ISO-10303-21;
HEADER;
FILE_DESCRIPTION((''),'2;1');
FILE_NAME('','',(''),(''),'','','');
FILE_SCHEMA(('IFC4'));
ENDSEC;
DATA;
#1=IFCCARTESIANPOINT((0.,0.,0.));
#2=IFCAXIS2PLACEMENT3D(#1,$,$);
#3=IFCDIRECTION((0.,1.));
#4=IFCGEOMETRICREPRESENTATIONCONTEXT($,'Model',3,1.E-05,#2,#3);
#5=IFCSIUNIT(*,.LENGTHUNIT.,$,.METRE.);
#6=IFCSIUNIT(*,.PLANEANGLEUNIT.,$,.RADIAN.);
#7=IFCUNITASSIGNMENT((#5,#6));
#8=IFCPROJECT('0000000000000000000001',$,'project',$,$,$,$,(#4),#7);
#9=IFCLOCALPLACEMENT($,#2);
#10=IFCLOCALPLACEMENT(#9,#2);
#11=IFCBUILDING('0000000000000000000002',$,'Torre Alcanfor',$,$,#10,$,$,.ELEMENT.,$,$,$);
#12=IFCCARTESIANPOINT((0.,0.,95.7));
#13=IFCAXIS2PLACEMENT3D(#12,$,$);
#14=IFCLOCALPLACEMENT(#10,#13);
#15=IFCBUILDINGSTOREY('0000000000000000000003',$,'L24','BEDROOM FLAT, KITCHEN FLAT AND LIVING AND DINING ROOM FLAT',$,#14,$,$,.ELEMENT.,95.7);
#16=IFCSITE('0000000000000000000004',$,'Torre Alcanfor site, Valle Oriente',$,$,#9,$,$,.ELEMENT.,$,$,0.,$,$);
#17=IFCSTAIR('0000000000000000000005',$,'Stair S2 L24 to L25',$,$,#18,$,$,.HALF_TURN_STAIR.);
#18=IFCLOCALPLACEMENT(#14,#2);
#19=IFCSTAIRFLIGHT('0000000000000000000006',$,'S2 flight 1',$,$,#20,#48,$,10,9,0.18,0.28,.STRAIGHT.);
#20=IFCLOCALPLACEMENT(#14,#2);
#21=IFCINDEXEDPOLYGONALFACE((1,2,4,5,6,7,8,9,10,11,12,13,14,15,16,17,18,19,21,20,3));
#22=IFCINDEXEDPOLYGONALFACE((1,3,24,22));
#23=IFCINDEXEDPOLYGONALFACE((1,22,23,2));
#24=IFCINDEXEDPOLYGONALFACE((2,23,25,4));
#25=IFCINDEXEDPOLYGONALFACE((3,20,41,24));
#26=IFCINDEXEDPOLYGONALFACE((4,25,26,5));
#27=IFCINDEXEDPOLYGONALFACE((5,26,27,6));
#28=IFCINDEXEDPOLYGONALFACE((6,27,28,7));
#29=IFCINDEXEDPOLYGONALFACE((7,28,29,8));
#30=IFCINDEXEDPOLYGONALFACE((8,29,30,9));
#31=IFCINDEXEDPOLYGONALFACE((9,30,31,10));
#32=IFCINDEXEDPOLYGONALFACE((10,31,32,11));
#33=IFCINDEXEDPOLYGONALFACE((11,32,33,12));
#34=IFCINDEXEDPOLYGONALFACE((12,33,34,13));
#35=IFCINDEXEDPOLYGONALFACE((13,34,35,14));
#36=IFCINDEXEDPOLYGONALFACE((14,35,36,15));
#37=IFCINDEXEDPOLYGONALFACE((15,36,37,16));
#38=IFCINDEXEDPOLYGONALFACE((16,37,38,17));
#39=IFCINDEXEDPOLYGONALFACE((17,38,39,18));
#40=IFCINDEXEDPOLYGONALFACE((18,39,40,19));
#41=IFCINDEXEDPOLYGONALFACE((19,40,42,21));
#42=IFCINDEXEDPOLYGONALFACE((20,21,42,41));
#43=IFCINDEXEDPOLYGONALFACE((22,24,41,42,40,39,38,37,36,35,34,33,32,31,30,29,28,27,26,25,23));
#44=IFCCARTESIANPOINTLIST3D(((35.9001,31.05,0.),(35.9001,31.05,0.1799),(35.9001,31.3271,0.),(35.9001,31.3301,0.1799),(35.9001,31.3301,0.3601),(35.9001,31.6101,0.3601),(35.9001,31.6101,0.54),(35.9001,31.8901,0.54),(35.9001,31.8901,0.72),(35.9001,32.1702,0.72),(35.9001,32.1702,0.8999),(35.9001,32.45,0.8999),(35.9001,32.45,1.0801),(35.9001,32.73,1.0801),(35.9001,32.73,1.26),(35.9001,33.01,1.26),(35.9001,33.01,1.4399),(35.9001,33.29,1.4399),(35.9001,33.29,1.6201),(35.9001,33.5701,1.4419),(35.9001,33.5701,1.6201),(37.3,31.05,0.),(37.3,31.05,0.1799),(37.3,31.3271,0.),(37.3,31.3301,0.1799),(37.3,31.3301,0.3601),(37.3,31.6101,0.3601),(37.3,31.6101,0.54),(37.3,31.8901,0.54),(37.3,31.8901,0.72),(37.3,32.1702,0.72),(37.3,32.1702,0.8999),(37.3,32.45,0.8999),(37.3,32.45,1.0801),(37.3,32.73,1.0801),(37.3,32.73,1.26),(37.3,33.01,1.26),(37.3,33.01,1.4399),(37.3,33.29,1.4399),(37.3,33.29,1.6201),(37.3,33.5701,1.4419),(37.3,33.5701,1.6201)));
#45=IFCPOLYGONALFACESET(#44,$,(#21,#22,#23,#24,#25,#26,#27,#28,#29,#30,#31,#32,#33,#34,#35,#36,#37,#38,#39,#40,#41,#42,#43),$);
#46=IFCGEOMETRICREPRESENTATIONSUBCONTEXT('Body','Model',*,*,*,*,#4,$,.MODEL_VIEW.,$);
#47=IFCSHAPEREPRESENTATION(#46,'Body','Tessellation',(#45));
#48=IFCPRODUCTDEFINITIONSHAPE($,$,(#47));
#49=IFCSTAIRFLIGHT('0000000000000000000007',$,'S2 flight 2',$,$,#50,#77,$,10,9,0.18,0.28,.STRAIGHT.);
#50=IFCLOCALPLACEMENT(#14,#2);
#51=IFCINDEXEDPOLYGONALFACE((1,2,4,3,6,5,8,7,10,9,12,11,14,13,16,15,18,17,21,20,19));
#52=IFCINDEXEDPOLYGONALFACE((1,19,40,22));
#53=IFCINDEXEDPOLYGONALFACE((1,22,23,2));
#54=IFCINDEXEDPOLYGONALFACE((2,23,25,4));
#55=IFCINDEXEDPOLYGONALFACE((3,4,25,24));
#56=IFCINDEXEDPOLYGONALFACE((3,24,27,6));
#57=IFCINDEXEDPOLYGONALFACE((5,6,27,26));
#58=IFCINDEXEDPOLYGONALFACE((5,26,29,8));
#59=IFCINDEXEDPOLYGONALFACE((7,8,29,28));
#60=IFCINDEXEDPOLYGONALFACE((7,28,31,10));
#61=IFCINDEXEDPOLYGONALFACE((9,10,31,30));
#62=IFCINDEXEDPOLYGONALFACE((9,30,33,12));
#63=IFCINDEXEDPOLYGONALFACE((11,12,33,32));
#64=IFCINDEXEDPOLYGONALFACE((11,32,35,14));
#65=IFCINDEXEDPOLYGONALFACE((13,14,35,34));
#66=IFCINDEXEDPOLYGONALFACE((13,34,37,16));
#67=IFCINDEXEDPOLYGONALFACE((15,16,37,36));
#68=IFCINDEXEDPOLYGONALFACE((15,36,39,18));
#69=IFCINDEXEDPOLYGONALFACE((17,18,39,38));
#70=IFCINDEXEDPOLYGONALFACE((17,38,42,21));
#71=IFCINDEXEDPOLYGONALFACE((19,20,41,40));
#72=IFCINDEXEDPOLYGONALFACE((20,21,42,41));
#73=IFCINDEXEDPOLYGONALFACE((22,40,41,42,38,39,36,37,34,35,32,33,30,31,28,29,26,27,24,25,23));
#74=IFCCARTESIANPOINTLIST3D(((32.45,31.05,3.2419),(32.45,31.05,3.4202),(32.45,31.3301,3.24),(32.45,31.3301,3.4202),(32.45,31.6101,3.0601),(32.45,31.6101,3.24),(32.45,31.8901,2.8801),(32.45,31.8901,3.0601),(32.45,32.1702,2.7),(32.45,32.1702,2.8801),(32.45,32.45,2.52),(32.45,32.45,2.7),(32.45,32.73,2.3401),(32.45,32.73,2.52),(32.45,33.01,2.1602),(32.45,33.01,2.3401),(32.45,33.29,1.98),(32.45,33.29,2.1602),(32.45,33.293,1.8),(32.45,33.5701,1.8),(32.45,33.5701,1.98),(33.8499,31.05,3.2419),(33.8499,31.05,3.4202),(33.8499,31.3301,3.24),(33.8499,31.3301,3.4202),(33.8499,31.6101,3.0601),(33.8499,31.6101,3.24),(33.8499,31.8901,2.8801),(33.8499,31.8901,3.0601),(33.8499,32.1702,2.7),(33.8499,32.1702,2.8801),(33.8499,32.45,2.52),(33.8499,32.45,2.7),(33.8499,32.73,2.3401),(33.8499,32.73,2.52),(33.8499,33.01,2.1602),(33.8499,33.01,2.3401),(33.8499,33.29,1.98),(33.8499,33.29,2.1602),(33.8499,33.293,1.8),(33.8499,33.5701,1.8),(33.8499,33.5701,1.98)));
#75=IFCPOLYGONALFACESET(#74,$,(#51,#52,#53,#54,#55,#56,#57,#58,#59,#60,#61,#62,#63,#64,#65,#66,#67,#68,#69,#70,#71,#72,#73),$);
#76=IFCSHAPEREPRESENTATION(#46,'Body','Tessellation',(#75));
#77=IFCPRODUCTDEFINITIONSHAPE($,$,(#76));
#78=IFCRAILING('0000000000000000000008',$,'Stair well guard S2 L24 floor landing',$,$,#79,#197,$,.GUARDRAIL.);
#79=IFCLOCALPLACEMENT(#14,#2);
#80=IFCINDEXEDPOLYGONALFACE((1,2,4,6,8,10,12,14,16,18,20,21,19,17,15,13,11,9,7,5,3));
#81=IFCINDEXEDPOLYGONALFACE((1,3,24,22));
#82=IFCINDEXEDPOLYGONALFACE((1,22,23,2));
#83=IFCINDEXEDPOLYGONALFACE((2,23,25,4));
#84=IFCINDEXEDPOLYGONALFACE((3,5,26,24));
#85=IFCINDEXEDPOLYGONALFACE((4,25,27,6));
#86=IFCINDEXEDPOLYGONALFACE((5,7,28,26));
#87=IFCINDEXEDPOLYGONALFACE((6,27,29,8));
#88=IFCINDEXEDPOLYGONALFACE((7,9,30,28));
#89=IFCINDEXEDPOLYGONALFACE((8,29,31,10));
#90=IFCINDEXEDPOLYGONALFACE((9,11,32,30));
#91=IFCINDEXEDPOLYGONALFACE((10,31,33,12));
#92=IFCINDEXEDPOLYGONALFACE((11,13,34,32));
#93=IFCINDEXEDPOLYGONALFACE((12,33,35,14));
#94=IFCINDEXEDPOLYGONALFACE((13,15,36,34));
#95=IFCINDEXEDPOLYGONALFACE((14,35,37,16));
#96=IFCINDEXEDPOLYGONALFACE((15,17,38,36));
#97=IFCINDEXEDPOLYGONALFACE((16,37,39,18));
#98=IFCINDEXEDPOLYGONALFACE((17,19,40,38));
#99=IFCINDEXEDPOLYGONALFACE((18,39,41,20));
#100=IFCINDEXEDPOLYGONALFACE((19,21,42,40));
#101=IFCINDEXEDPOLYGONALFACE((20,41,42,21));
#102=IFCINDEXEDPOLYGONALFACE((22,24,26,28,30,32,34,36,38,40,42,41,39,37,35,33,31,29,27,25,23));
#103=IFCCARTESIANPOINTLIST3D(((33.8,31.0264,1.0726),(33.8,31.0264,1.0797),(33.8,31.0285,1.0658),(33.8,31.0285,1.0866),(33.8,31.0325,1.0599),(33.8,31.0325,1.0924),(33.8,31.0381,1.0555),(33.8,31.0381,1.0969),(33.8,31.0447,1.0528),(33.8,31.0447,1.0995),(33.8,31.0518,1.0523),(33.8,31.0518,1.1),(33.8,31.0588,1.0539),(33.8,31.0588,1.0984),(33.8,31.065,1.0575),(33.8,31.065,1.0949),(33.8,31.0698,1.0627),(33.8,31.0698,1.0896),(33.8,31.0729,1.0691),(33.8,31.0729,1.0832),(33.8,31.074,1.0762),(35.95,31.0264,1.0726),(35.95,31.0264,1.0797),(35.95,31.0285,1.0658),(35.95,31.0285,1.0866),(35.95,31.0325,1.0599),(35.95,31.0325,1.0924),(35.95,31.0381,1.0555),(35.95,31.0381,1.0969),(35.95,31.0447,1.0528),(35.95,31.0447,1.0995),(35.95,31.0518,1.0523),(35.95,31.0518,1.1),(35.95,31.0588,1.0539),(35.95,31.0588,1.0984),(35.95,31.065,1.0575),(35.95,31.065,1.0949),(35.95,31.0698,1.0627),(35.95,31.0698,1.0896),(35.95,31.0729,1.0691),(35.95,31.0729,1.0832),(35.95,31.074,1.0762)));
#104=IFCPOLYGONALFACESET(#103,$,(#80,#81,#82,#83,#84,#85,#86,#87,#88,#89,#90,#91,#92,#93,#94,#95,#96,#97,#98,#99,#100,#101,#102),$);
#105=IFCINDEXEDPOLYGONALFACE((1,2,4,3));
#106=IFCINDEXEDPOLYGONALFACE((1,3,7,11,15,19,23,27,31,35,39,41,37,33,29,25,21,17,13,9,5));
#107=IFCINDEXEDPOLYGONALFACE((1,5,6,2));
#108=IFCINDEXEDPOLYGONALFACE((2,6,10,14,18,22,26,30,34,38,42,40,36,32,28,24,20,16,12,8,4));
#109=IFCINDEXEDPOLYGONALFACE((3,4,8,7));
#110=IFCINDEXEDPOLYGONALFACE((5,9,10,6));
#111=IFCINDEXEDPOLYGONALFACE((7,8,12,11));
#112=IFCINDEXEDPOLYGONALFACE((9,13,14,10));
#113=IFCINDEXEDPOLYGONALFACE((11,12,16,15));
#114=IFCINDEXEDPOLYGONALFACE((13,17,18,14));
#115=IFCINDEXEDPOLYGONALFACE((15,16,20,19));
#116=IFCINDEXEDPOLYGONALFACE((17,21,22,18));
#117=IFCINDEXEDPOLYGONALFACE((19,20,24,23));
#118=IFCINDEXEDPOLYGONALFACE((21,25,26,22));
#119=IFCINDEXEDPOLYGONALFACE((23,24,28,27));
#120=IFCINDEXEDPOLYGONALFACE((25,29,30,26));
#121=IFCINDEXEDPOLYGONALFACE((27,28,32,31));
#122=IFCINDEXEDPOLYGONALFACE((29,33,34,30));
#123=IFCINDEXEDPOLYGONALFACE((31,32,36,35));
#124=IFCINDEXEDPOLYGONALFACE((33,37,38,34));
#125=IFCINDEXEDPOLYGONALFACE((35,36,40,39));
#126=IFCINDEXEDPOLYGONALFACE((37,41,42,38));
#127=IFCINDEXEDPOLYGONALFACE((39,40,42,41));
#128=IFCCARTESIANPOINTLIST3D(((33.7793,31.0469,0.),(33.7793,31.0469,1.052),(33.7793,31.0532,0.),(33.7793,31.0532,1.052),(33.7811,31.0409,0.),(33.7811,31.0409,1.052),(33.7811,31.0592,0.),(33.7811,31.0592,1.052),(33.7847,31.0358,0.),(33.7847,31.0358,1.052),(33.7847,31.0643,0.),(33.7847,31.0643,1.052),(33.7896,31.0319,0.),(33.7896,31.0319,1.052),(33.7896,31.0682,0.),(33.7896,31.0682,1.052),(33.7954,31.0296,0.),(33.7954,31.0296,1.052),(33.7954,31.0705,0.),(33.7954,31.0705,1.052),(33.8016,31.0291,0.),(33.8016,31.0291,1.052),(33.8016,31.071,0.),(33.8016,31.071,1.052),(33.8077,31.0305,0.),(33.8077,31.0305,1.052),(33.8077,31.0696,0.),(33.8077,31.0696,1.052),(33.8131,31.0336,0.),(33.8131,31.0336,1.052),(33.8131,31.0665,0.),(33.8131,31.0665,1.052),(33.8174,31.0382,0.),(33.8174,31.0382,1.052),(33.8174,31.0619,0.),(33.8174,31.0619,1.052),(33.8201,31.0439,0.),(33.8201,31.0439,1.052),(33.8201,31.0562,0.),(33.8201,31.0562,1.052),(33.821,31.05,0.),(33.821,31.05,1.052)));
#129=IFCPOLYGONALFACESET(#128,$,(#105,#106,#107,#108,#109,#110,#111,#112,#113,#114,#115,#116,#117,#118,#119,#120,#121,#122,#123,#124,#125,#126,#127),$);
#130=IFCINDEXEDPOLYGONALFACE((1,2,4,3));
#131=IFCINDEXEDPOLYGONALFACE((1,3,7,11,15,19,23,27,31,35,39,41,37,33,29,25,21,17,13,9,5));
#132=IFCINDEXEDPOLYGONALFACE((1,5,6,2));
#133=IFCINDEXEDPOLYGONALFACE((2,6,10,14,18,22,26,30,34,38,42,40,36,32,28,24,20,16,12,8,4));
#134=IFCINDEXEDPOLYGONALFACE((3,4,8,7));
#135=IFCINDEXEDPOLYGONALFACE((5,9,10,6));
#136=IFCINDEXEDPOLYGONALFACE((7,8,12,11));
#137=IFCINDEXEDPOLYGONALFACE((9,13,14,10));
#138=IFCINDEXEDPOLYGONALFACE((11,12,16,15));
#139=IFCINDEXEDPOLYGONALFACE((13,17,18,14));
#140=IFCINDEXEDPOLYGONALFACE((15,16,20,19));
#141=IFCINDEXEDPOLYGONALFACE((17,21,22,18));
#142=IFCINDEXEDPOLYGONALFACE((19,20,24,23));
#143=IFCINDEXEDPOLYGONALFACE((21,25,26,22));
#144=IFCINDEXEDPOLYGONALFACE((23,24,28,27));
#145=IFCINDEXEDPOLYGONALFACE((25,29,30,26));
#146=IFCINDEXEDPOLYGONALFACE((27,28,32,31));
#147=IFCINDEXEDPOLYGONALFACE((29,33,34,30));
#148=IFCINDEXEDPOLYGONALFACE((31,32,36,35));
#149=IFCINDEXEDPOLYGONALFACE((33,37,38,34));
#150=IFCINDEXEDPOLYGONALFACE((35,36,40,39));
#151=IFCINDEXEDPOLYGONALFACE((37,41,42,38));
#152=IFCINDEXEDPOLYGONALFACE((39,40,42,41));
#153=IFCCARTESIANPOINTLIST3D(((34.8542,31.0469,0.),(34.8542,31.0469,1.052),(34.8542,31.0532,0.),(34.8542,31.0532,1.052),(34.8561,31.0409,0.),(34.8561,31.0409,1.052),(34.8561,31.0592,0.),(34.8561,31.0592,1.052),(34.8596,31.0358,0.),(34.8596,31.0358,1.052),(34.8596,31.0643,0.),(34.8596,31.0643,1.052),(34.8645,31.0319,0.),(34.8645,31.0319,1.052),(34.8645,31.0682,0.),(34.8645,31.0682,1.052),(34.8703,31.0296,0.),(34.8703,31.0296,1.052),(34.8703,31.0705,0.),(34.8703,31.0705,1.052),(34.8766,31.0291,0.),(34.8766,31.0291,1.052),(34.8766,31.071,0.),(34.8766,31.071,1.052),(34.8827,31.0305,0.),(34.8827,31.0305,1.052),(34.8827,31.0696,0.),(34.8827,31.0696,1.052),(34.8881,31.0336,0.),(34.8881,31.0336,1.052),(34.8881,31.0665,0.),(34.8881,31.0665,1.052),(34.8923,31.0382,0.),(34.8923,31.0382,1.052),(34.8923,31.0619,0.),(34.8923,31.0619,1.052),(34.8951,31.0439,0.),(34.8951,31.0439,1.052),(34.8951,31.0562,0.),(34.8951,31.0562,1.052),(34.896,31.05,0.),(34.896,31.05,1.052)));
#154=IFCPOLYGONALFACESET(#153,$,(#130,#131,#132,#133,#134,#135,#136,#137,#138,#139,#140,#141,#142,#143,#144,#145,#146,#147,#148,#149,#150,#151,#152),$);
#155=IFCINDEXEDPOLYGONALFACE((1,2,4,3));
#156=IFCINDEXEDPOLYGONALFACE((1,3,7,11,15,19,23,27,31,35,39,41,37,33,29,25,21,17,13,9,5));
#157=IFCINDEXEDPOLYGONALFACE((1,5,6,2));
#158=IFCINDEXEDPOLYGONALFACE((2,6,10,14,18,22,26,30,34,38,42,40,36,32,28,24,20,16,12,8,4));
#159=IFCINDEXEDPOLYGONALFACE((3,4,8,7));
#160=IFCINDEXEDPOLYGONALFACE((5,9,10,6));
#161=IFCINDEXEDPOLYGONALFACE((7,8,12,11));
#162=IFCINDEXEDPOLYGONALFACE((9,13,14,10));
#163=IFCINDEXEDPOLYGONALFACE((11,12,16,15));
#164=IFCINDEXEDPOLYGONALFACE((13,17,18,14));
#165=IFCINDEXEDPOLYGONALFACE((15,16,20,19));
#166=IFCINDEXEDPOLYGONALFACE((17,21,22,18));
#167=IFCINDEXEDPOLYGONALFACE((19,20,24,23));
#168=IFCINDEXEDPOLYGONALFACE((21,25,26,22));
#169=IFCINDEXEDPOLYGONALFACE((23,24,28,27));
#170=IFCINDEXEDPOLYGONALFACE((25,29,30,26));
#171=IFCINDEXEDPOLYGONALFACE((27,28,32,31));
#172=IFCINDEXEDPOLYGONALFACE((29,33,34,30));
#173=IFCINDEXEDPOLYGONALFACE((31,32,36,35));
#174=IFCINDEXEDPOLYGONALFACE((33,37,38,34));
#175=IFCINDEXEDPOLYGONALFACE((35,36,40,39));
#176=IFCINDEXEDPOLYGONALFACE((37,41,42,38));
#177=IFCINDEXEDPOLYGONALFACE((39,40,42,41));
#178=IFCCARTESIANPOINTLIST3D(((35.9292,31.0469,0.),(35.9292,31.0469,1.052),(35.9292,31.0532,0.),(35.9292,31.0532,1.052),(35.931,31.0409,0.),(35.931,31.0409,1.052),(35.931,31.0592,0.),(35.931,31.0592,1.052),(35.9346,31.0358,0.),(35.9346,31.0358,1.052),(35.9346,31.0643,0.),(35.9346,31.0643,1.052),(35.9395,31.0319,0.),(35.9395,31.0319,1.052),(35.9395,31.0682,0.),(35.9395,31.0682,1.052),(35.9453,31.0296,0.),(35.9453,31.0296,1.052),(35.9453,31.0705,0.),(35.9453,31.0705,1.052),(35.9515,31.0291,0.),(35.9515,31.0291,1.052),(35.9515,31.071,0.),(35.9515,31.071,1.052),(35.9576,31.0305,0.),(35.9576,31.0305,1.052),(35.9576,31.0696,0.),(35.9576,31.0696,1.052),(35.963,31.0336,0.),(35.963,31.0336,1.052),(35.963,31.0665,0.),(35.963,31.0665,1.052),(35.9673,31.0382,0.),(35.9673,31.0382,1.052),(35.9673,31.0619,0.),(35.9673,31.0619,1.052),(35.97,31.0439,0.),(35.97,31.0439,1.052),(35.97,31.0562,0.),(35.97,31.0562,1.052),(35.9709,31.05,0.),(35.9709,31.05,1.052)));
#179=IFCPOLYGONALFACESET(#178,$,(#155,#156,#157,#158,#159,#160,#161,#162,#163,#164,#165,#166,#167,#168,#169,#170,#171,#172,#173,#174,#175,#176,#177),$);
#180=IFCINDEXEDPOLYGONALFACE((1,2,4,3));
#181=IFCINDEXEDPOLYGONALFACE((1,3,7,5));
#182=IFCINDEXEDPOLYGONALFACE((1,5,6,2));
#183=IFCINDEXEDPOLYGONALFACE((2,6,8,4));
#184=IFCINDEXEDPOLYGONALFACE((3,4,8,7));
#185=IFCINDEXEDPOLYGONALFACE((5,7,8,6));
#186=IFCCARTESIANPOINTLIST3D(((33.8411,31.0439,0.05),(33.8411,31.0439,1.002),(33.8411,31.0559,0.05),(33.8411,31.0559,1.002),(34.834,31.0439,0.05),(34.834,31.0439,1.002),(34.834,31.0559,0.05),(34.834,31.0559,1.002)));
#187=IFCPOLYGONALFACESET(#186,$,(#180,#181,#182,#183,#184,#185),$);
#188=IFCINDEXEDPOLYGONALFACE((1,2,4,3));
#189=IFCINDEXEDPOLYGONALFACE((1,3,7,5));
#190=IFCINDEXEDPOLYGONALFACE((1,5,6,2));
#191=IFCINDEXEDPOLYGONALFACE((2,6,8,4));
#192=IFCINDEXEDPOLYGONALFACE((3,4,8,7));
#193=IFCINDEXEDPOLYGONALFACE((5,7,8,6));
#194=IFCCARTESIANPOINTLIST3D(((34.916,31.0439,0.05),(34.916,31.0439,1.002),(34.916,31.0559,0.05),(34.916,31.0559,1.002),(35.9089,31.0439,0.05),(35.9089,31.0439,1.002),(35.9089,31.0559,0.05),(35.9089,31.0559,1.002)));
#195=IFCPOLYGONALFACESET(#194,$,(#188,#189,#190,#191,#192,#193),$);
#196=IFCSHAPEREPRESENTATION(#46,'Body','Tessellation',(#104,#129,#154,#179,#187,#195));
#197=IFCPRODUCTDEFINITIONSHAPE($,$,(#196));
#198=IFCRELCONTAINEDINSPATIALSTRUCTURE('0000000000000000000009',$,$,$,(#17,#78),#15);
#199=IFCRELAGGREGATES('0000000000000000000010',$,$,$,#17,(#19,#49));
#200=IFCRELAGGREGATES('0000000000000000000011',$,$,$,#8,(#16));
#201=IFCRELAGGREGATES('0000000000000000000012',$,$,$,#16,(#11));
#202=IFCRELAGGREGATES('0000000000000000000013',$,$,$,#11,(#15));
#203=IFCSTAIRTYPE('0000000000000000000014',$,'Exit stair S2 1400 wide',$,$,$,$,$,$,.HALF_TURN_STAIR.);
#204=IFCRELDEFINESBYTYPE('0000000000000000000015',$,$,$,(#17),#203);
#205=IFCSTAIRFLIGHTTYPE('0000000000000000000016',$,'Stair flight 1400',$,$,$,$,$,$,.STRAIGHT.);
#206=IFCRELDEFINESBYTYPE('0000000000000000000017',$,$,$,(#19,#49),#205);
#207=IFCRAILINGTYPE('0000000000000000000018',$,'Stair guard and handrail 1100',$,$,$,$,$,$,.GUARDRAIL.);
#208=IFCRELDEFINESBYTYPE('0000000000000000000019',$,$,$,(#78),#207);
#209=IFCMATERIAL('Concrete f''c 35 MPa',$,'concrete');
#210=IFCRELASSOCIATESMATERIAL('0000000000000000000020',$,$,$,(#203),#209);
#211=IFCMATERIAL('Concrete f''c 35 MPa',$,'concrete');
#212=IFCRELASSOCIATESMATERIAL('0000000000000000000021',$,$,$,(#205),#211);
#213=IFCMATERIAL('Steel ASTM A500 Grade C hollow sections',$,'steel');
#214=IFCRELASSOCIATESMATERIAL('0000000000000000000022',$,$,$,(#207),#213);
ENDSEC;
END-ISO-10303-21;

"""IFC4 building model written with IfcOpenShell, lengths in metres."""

from ifc_helpers import new_model, si_unit, direction, frame, origin, origin_2d, place, context, subcontext, project, spatial, polyline, circle, outline, extrude, material, type_object, element, aggregate, save


model = new_model("IFC4")

# Units and contexts
model_context = context("Model", 3, precision=1e-05, world=origin(), true_north=direction((0.0, 1.0)))
body_context = subcontext(model_context, "Body", "Model", "MODEL_VIEW")
ifc_project = project(units=[si_unit("LENGTHUNIT", "METRE"), si_unit("PLANEANGLEUNIT", "RADIAN")], contexts=[model_context])

# Site, building, storey
site_placement = place(None, origin())
site = spatial("IfcSite", under=ifc_project, at=site_placement, Name="Torre Alcanfor site, Valle Oriente", CompositionType="ELEMENT", RefElevation=0.0)
building_placement = place(site_placement, origin())
building = spatial("IfcBuilding", under=site, at=building_placement, Name="Torre Alcanfor", CompositionType="ELEMENT")
storey_placement = place(building_placement, frame((0.0, 0.0, 95.7)))
storey = spatial("IfcBuildingStorey", under=building, at=storey_placement, Name="L24", Description="BEDROOM FLAT, KITCHEN FLAT AND LIVING AND DINING ROOM FLAT", CompositionType="ELEMENT", Elevation=95.7)

# Stair, stair flights
ifc_material_1 = material(Name="Concrete f'c 35 MPa", Category="concrete")
stair_type = type_object("IfcStairType", Name="Exit stair S2 1400 wide", PredefinedType="HALF_TURN_STAIR", material=ifc_material_1)
stair_placement = place(storey_placement, origin())
stair = element("IfcStair", 1, at=stair_placement, inside=storey, type_object=stair_type, Name="Stair S2 L24 to L25", PredefinedType="HALF_TURN_STAIR")
ifc_material_2 = material(Name="Concrete f'c 35 MPa", Category="concrete")
stair_flight_type = type_object("IfcStairFlightType", Name="Stair flight 1400", PredefinedType="STRAIGHT", material=ifc_material_2)
stair_flight_1_placement = place(storey_placement, frame((36.6001, 31.05, 0.0), z_axis=(0.0, 0.0, 1.0), x_axis=(0.0, 1.0, 0.0)))
stair_flight_1 = element("IfcStairFlight", 2, at=stair_flight_1_placement, type_object=stair_flight_type, Name="S2 flight 1", NumberOfRisers=10, NumberOfTreads=9, PredefinedType="STRAIGHT", RiserHeight=0.18, TreadLength=0.28, context=body_context, shape_type="SweptSolid", body=[
    extrude(outline(polyline([(0.0, 0.0), (0.0, 0.1799), (0.28, 0.1799), (0.28, 0.3601), (0.5601, 0.3601), (0.5601, 0.54), (0.8401, 0.54), (0.8401, 0.72), (1.1201, 0.72), (1.1201, 0.8999), (1.3999, 0.8999), (1.3999, 1.0801), (1.6799, 1.0801), (1.6799, 1.26), (1.96, 1.26), (1.96, 1.4399), (2.24, 1.4399), (2.24, 1.6201), (2.52, 1.6201), (2.52, 1.8), (2.52, 1.4419), (0.2771, 0.0), (0.0, 0.0)])), frame((0.0, 0.7, 0.0), z_axis=(0.0, -1.0, 0.0), x_axis=(1.0, 0.0, 0.0)), (0.0, 0.0, 1.0), 1.3999),
])
stair_flight_2_placement = place(storey_placement, frame((33.1499, 33.5701, 1.8), z_axis=(0.0, 0.0, 1.0), x_axis=(0.0, -1.0, 0.0)))
stair_flight_2 = element("IfcStairFlight", 3, at=stair_flight_2_placement, type_object=stair_flight_type, Name="S2 flight 2", NumberOfRisers=10, NumberOfTreads=9, PredefinedType="STRAIGHT", RiserHeight=0.18, TreadLength=0.28, context=body_context, shape_type="SweptSolid", body=[
    extrude(outline(polyline([(0.0, 0.0), (0.0, 0.1799), (0.28, 0.1799), (0.28, 0.3601), (0.5601, 0.3601), (0.5601, 0.54), (0.8401, 0.54), (0.8401, 0.72), (1.1201, 0.72), (1.1201, 0.8999), (1.3999, 0.8999), (1.3999, 1.0801), (1.6799, 1.0801), (1.6799, 1.26), (1.96, 1.26), (1.96, 1.4399), (2.24, 1.4399), (2.24, 1.6201), (2.52, 1.6201), (2.52, 1.8), (2.52, 1.4419), (0.2771, 0.0), (0.0, 0.0)])), frame((0.0, 0.7, 0.0), z_axis=(0.0, -1.0, 0.0), x_axis=(1.0, 0.0, 0.0)), (0.0, 0.0, 1.0), 1.3999),
])
aggregate(stair, [stair_flight_1, stair_flight_2])

# Railing
ifc_material_3 = material(Name="Steel ASTM A500 Grade C hollow sections", Category="steel")
railing_type_1 = type_object("IfcRailingType", Name="Stair guard and handrail 1100", PredefinedType="GUARDRAIL", material=ifc_material_3)
for number, where, name in (
    (4, (33.8, 31.05, 0.0), "Stair well guard S2 L24 floor landing"),
):
    element("IfcRailing", number, at=place(storey_placement, frame(where)), inside=storey, type_object=railing_type_1, Name=name, PredefinedType="GUARDRAIL", context=body_context, shape_type="SweptSolid", body=[
        extrude(circle(Radius=0.0239, at=origin_2d()), frame((0.0, 0.0, 1.0762), z_axis=(1.0, 0.0, 0.0), x_axis=(0.0, 1.0, 0.0)), (0.0, 0.0, 1.0), 2.1499),
        extrude(circle(Radius=0.021, at=origin_2d()), origin(), (0.0, 0.0, 1.0), 1.052),
        extrude(circle(Radius=0.021, at=origin_2d()), frame((1.075, 0.0, 0.0)), (0.0, 0.0, 1.0), 1.052),
        extrude(circle(Radius=0.021, at=origin_2d()), frame((2.1499, 0.0, 0.0)), (0.0, 0.0, 1.0), 1.052),
        extrude(outline(polyline([(0.041, 0.05), (1.0339, 0.05), (1.0339, 1.002), (0.041, 1.002), (0.041, 0.05)])), frame((0.0, 0.0059, 0.0), z_axis=(0.0, -1.0, 0.0), x_axis=(1.0, 0.0, 0.0)), (0.0, 0.0, 1.0), 0.012),
        extrude(outline(polyline([(1.116, 0.05), (2.1089, 0.05), (2.1089, 1.002), (1.116, 1.002), (1.116, 0.05)])), frame((0.0, 0.0059, 0.0), z_axis=(0.0, -1.0, 0.0), x_axis=(1.0, 0.0, 0.0)), (0.0, 0.0, 1.0), 0.012),
    ])

save(model, "model.ifc")
